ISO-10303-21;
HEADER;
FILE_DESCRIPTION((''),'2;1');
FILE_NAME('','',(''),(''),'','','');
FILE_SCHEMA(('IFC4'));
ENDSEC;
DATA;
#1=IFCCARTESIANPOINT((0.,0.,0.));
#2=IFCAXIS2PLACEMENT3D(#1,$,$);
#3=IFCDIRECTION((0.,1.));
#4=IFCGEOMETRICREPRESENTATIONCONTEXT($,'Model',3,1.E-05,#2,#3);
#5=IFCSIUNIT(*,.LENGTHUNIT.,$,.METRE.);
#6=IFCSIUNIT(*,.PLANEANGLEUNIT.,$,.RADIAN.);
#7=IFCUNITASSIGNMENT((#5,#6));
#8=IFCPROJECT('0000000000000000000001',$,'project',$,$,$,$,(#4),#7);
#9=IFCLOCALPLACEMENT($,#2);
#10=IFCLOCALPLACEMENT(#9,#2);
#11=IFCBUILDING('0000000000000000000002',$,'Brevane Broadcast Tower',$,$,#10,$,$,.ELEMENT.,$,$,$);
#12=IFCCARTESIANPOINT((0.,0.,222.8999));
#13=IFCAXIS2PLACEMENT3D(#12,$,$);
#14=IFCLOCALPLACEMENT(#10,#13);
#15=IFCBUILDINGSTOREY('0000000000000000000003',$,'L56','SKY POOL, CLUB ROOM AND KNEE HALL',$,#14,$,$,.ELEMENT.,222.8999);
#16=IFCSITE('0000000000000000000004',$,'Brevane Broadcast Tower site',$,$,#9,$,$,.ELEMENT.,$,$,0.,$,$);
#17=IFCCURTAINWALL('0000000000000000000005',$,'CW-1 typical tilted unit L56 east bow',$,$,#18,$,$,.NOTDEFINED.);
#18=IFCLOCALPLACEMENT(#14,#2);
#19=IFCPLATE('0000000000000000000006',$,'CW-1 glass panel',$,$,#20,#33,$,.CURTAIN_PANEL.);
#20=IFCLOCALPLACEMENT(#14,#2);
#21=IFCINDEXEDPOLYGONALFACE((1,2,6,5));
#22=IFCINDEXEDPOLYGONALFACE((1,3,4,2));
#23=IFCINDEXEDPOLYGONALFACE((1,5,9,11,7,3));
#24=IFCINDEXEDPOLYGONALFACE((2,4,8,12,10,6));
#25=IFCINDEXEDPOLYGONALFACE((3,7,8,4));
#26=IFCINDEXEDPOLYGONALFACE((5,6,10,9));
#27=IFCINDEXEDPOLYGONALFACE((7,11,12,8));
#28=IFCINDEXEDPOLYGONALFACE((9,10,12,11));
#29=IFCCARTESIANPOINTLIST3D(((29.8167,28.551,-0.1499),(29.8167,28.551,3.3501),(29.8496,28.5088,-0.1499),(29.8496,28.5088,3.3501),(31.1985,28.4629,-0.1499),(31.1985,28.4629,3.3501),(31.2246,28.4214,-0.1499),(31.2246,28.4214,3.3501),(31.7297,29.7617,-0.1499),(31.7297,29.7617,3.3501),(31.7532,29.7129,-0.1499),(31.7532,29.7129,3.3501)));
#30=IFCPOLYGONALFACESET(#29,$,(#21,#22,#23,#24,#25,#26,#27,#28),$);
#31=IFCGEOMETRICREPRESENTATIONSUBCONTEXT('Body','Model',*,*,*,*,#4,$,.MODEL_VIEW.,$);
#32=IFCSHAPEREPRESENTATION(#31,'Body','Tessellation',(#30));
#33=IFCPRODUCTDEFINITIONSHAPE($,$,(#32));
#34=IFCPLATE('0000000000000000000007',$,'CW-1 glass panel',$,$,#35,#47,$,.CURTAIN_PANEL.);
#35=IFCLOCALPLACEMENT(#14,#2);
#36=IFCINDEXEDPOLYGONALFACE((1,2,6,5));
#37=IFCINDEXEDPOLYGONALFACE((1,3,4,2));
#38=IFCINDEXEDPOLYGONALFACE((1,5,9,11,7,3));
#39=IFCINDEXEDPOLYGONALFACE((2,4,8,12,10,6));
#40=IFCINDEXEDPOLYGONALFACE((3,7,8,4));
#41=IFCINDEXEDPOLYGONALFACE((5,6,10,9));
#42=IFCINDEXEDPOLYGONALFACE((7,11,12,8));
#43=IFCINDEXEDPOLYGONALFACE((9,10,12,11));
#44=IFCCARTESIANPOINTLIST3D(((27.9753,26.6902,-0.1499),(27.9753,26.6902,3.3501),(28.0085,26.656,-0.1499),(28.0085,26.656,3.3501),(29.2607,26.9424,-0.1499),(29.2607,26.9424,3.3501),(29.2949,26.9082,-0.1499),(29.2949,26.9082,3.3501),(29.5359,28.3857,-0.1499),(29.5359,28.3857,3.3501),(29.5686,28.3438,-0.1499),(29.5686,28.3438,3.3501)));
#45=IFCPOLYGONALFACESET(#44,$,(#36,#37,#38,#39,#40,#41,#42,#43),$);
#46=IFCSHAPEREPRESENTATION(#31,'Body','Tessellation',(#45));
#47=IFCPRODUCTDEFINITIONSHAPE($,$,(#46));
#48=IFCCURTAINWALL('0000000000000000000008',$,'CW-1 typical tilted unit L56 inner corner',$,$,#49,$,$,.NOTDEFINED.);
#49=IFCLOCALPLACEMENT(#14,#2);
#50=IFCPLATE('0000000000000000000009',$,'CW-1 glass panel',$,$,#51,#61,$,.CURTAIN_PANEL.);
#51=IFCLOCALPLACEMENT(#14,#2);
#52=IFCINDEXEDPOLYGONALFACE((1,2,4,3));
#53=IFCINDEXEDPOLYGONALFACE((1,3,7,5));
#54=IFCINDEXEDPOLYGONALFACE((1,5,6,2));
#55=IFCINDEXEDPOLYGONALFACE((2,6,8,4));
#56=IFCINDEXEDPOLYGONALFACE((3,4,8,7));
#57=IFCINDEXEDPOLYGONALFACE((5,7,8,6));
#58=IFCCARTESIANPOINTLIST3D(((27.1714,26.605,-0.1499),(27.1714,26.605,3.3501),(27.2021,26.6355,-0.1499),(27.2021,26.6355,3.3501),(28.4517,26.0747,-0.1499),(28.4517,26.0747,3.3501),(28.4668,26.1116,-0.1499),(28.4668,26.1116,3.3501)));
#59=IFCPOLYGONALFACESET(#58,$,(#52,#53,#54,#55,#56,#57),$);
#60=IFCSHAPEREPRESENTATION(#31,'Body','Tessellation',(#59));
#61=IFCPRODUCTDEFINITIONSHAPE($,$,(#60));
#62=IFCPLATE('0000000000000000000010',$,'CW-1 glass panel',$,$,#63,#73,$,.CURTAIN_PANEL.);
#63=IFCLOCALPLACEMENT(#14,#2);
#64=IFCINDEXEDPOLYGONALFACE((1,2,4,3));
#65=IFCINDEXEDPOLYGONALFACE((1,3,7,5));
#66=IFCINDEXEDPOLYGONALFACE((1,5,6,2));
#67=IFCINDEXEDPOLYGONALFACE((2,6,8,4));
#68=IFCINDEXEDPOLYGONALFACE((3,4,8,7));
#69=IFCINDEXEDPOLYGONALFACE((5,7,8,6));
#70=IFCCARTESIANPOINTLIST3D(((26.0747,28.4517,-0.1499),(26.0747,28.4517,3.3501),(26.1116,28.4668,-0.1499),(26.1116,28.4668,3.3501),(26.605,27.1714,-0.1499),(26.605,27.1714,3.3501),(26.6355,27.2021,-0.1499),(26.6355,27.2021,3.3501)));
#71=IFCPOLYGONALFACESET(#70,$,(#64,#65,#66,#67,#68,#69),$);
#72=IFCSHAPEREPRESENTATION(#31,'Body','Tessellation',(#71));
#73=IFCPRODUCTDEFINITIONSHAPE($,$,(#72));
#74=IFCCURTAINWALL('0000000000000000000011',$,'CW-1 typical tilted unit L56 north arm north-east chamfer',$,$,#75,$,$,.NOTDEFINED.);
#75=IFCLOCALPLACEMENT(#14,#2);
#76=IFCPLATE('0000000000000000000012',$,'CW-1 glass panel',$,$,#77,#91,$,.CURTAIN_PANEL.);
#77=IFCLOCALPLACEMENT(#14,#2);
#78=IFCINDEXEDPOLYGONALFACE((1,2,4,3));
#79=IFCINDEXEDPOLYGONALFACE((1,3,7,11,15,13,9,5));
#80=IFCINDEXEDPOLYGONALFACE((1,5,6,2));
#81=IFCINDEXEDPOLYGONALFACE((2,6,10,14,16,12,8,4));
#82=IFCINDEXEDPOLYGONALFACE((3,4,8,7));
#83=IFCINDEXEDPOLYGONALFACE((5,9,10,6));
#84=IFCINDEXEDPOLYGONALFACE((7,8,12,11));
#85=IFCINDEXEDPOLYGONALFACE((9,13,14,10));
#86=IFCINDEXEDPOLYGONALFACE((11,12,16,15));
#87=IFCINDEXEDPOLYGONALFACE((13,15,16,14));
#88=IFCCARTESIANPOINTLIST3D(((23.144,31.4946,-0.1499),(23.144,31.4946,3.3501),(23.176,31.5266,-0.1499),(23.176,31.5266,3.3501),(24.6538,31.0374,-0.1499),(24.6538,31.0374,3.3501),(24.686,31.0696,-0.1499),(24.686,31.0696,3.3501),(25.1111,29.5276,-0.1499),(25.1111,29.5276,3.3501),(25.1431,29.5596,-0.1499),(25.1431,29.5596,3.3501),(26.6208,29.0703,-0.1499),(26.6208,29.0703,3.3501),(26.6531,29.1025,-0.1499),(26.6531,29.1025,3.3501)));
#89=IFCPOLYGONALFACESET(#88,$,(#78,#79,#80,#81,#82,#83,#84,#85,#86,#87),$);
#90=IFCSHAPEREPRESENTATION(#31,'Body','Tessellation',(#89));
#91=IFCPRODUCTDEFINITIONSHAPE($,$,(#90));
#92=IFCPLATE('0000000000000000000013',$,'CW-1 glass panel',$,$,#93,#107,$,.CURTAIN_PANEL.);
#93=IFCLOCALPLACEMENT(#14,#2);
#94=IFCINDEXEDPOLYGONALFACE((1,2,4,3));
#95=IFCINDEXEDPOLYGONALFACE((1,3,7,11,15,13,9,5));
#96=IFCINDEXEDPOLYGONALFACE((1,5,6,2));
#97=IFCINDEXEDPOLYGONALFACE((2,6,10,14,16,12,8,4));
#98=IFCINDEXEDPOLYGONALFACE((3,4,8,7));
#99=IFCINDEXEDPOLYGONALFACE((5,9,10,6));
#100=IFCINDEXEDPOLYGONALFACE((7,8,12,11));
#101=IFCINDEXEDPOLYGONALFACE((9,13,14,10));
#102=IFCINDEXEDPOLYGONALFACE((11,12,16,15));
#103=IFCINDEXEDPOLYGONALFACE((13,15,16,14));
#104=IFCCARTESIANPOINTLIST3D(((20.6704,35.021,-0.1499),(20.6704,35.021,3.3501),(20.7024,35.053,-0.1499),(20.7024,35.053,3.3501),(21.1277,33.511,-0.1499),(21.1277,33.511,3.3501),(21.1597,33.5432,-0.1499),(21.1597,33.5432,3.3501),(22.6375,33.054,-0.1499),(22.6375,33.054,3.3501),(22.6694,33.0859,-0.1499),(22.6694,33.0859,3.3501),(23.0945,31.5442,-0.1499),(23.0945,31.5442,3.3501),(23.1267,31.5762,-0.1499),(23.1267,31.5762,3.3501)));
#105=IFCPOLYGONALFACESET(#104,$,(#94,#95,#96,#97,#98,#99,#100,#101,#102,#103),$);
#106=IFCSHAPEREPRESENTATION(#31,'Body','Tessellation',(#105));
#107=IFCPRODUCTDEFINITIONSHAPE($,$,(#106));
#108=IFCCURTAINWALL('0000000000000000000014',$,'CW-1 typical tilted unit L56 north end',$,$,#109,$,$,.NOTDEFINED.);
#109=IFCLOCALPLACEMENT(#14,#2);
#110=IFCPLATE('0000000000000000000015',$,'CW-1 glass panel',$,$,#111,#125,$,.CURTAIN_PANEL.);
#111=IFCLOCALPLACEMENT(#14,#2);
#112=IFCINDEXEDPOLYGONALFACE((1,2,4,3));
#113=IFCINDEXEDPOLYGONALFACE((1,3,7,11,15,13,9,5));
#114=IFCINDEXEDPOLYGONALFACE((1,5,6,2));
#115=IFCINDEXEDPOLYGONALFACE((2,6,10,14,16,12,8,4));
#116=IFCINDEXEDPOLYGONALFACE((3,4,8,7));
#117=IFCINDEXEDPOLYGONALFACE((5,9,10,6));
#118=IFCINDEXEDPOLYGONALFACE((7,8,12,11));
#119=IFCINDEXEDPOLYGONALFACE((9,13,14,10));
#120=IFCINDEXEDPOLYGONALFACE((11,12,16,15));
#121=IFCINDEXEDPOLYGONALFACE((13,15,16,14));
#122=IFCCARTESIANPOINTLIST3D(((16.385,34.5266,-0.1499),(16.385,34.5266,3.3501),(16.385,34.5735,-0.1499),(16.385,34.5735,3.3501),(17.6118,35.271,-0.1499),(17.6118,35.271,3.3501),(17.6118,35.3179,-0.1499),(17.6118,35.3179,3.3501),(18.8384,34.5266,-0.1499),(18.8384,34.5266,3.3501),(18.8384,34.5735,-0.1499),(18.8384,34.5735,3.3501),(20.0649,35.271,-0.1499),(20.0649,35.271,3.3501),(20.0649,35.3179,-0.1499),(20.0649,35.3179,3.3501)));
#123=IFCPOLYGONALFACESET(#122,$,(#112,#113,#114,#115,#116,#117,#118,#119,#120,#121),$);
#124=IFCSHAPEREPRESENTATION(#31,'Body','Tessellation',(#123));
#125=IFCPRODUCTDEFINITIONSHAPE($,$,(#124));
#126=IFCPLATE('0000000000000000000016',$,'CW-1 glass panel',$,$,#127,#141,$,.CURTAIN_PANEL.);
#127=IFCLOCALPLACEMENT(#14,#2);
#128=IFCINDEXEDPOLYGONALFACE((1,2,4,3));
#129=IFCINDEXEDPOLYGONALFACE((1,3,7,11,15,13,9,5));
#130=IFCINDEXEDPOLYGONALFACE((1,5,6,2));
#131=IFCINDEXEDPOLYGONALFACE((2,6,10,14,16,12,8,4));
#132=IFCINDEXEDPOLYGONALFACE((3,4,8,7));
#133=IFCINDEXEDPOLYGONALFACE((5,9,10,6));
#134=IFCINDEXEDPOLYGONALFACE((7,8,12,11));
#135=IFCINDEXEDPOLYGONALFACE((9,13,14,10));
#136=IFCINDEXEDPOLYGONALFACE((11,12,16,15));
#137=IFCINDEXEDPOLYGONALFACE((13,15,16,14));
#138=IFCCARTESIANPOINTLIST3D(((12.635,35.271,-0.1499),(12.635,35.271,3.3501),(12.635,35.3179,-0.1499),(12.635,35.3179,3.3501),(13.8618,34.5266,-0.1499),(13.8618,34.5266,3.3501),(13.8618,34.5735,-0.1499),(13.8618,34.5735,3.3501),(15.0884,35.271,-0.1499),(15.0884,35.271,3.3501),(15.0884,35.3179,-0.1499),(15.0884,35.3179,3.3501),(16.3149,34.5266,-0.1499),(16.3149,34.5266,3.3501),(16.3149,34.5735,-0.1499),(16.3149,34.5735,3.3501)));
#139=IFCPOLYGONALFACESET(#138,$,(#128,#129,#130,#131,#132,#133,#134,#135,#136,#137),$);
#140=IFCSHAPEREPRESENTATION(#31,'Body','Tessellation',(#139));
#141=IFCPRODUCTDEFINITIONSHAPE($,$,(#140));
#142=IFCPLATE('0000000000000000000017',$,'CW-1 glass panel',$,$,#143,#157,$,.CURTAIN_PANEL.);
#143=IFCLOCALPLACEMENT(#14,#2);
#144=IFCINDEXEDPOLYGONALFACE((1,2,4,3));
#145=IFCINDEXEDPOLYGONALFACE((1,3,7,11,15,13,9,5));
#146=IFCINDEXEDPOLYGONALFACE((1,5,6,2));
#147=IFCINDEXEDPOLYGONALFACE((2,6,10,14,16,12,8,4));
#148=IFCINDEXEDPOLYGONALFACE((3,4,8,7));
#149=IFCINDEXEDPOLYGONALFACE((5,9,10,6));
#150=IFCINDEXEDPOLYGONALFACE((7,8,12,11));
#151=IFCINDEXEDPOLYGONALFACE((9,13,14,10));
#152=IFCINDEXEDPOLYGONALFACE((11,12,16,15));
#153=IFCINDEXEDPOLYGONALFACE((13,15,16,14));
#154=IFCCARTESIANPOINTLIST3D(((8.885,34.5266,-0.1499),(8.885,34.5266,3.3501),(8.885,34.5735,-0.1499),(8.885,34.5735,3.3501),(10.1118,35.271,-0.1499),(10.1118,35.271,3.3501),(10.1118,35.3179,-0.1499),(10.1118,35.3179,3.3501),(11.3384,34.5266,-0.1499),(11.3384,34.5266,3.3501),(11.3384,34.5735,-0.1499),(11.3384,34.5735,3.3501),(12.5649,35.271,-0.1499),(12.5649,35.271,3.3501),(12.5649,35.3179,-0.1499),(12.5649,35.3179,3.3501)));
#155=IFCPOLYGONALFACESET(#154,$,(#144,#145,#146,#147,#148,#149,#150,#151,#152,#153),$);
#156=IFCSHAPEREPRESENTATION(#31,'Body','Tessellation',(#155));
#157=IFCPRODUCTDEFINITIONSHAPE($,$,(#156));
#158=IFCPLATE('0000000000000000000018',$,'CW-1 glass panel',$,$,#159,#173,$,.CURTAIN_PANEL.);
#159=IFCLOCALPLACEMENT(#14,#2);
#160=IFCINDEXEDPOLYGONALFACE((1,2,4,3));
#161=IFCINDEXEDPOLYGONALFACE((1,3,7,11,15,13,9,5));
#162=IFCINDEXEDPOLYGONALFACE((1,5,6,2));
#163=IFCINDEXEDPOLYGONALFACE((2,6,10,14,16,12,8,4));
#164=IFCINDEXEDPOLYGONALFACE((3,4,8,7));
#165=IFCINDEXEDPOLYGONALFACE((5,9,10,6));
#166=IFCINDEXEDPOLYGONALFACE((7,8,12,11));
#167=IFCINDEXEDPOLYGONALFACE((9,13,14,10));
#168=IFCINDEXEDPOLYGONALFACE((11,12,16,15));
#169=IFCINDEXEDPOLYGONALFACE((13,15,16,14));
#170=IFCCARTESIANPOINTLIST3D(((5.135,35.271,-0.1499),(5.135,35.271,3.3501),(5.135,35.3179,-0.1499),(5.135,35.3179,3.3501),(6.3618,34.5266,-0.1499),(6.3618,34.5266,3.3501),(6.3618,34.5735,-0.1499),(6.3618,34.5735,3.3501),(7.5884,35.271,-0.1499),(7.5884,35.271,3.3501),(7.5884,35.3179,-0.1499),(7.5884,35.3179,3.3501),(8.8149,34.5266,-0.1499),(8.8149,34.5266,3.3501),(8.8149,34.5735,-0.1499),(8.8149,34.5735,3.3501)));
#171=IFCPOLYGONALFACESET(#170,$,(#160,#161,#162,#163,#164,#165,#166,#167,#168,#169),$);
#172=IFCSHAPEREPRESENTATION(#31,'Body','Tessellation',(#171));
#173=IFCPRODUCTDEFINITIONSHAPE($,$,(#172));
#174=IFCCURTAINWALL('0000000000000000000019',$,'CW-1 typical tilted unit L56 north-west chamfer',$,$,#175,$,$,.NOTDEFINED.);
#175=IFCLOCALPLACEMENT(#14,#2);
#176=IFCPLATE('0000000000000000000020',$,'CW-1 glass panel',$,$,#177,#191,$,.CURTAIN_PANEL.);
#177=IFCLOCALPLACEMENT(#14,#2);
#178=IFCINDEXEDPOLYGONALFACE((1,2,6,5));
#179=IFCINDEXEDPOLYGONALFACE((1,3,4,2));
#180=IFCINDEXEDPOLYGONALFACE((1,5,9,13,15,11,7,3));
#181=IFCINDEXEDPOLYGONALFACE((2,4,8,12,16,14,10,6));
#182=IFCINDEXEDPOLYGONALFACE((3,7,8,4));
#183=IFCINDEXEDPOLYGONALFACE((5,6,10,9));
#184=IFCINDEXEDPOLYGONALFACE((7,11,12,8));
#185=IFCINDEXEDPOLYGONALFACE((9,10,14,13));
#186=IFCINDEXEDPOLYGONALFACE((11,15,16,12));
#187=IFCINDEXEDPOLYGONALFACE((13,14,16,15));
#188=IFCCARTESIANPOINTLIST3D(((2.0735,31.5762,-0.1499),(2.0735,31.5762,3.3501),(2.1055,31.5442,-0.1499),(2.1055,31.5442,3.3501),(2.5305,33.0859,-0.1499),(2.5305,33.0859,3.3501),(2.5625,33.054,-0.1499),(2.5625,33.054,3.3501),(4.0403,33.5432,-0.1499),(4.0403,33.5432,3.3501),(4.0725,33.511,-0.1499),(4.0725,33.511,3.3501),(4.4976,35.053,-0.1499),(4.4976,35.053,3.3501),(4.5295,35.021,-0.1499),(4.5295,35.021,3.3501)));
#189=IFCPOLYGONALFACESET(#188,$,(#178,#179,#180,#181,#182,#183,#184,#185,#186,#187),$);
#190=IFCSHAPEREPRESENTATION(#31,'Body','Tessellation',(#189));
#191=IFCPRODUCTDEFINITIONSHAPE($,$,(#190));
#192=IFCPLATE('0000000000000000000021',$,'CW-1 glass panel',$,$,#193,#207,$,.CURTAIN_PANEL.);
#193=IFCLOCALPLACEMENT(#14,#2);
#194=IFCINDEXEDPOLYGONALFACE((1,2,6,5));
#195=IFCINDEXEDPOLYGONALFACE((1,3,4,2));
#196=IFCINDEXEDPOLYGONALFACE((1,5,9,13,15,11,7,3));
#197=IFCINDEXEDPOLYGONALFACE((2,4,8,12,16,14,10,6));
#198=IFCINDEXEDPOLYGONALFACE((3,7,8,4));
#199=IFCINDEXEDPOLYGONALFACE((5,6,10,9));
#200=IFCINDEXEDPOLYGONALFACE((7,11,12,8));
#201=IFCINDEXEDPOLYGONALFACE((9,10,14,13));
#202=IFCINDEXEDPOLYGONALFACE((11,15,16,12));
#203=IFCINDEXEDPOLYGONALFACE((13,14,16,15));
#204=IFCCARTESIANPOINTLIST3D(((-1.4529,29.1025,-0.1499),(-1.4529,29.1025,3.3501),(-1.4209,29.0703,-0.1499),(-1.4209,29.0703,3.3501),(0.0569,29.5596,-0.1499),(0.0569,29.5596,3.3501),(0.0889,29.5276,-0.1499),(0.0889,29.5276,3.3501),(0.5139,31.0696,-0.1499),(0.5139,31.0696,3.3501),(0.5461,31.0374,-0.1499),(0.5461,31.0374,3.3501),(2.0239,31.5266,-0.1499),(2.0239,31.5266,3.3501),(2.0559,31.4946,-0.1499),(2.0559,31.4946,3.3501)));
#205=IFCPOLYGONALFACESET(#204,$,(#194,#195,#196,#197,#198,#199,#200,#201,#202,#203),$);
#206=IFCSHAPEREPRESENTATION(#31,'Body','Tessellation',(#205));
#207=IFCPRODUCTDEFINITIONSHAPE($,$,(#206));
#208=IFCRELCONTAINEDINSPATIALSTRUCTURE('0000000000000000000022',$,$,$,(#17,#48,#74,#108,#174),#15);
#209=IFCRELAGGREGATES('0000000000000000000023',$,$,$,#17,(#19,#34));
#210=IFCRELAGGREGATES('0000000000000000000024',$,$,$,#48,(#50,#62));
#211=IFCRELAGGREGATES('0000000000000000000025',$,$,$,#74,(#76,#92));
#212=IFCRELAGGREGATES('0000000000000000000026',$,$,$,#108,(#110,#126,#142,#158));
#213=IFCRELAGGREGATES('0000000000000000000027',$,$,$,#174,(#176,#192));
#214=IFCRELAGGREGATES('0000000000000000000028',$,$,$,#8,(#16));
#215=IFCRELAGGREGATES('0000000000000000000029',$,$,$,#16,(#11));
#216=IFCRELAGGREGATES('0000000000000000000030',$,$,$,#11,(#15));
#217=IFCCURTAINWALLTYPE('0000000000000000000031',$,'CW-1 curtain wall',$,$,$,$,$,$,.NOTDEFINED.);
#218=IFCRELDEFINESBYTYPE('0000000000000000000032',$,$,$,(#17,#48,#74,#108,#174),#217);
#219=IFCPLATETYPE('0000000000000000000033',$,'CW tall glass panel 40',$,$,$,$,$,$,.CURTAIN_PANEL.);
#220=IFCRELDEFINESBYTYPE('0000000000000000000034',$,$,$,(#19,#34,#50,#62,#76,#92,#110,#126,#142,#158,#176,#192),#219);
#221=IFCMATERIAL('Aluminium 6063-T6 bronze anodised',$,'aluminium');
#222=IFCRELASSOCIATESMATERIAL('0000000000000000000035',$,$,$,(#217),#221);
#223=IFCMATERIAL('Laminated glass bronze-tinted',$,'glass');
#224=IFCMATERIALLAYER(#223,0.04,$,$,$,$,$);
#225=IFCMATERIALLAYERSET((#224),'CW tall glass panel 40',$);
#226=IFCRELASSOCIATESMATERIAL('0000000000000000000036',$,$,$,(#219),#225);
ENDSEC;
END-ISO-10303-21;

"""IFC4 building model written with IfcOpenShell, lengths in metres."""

from ifc_helpers import new_model, si_unit, direction, frame, origin, place, context, subcontext, project, spatial, polyline, outline, extrude, material, layer, layer_set, type_object, element, aggregate, save


model = new_model("IFC4")

# Units and contexts
model_context = context("Model", 3, precision=1e-05, world=origin(), true_north=direction((0.0, 1.0)))
body_context = subcontext(model_context, "Body", "Model", "MODEL_VIEW")
ifc_project = project(units=[si_unit("LENGTHUNIT", "METRE"), si_unit("PLANEANGLEUNIT", "RADIAN")], contexts=[model_context])

# Site, building, storey
site_placement = place(None, origin())
site = spatial("IfcSite", under=ifc_project, at=site_placement, Name="Brevane Broadcast Tower site", CompositionType="ELEMENT", RefElevation=0.0)
building_placement = place(site_placement, origin())
building = spatial("IfcBuilding", under=site, at=building_placement, Name="Brevane Broadcast Tower", CompositionType="ELEMENT")
storey_placement = place(building_placement, frame((0.0, 0.0, 222.8999)))
storey = spatial("IfcBuildingStorey", under=building, at=storey_placement, Name="L56", Description="SKY POOL, CLUB ROOM AND KNEE HALL", CompositionType="ELEMENT", Elevation=222.8999)

# Curtain walls, plates
ifc_material_1 = material(Name="Aluminium 6063-T6 bronze anodised", Category="aluminium")
curtain_wall_type = type_object("IfcCurtainWallType", Name="CW-1 curtain wall", PredefinedType="NOTDEFINED", material=ifc_material_1)
ifc_material_2 = material(Name="Laminated glass bronze-tinted", Category="glass")
ifc_layer = layer(ifc_material_2, 0.04)
ifc_layer_set = layer_set([ifc_layer], Name="CW tall glass panel 40")
plate_type = type_object("IfcPlateType", Name="CW tall glass panel 40", PredefinedType="CURTAIN_PANEL", material=ifc_layer_set)
curtain_wall_1_placement = place(storey_placement, origin())
curtain_wall_1 = element("IfcCurtainWall", 1, at=curtain_wall_1_placement, inside=storey, type_object=curtain_wall_type, Name="CW-1 typical tilted unit L56 east bow", PredefinedType="NOTDEFINED")
plate_1_placement = place(storey_placement, frame((0.0, 0.0, -0.1499)))
plate_1 = element("IfcPlate", 2, at=plate_1_placement, type_object=plate_type, Name="CW-1 glass panel", PredefinedType="CURTAIN_PANEL", context=body_context, shape_type="SweptSolid", body=[
    extrude(outline(polyline([(31.7532, 29.7129), (31.7297, 29.7617), (31.1985, 28.4629), (29.8167, 28.551), (29.8496, 28.5088), (31.2246, 28.4214), (31.7532, 29.7129)])), origin(), (0.0, 0.0, 1.0), 3.5),
])
plate_2_placement = place(storey_placement, frame((0.0, 0.0, -0.1499)))
plate_2 = element("IfcPlate", 3, at=plate_2_placement, type_object=plate_type, Name="CW-1 glass panel", PredefinedType="CURTAIN_PANEL", context=body_context, shape_type="SweptSolid", body=[
    extrude(outline(polyline([(29.5686, 28.3438), (29.5359, 28.3857), (29.2607, 26.9424), (27.9753, 26.6902), (28.0085, 26.656), (29.2949, 26.9082), (29.5686, 28.3438)])), origin(), (0.0, 0.0, 1.0), 3.5),
])
aggregate(curtain_wall_1, [plate_1, plate_2])
curtain_wall_2_placement = place(storey_placement, origin())
curtain_wall_2 = element("IfcCurtainWall", 4, at=curtain_wall_2_placement, inside=storey, type_object=curtain_wall_type, Name="CW-1 typical tilted unit L56 inner corner", PredefinedType="NOTDEFINED")
plate_3_placement = place(storey_placement, frame((0.0, 0.0, -0.1499)))
plate_3 = element("IfcPlate", 5, at=plate_3_placement, type_object=plate_type, Name="CW-1 glass panel", PredefinedType="CURTAIN_PANEL", context=body_context, shape_type="SweptSolid", body=[
    extrude(outline(polyline([(28.4517, 26.0747), (28.4668, 26.1116), (27.2021, 26.6355), (27.1714, 26.605), (28.4517, 26.0747)])), origin(), (0.0, 0.0, 1.0), 3.5),
])
plate_4_placement = place(storey_placement, frame((0.0, 0.0, -0.1499)))
plate_4 = element("IfcPlate", 6, at=plate_4_placement, type_object=plate_type, Name="CW-1 glass panel", PredefinedType="CURTAIN_PANEL", context=body_context, shape_type="SweptSolid", body=[
    extrude(outline(polyline([(26.605, 27.1714), (26.6355, 27.2021), (26.1116, 28.4668), (26.0747, 28.4517), (26.605, 27.1714)])), origin(), (0.0, 0.0, 1.0), 3.5),
])
aggregate(curtain_wall_2, [plate_3, plate_4])
curtain_wall_3_placement = place(storey_placement, origin())
curtain_wall_3 = element("IfcCurtainWall", 7, at=curtain_wall_3_placement, inside=storey, type_object=curtain_wall_type, Name="CW-1 typical tilted unit L56 north arm north-east chamfer", PredefinedType="NOTDEFINED")
plate_5_placement = place(storey_placement, frame((0.0, 0.0, -0.1499)))
plate_5 = element("IfcPlate", 8, at=plate_5_placement, type_object=plate_type, Name="CW-1 glass panel", PredefinedType="CURTAIN_PANEL", context=body_context, shape_type="SweptSolid", body=[
    extrude(outline(polyline([(26.6208, 29.0703), (26.6531, 29.1025), (25.1431, 29.5596), (24.686, 31.0696), (23.176, 31.5266), (23.144, 31.4946), (24.6538, 31.0374), (25.1111, 29.5276), (26.6208, 29.0703)])), origin(), (0.0, 0.0, 1.0), 3.5),
])
plate_6_placement = place(storey_placement, frame((0.0, 0.0, -0.1499)))
plate_6 = element("IfcPlate", 9, at=plate_6_placement, type_object=plate_type, Name="CW-1 glass panel", PredefinedType="CURTAIN_PANEL", context=body_context, shape_type="SweptSolid", body=[
    extrude(outline(polyline([(23.0945, 31.5442), (23.1267, 31.5762), (22.6694, 33.0859), (21.1597, 33.5432), (20.7024, 35.053), (20.6704, 35.021), (21.1277, 33.511), (22.6375, 33.054), (23.0945, 31.5442)])), origin(), (0.0, 0.0, 1.0), 3.5),
])
aggregate(curtain_wall_3, [plate_5, plate_6])
curtain_wall_4_placement = place(storey_placement, origin())
curtain_wall_4 = element("IfcCurtainWall", 10, at=curtain_wall_4_placement, inside=storey, type_object=curtain_wall_type, Name="CW-1 typical tilted unit L56 north end", PredefinedType="NOTDEFINED")
plate_7_placement = place(storey_placement, frame((0.0, 0.0, -0.1499)))
plate_7 = element("IfcPlate", 11, at=plate_7_placement, type_object=plate_type, Name="CW-1 glass panel", PredefinedType="CURTAIN_PANEL", context=body_context, shape_type="SweptSolid", body=[
    extrude(outline(polyline([(20.0649, 35.271), (20.0649, 35.3179), (18.8384, 34.5735), (17.6118, 35.3179), (16.385, 34.5735), (16.385, 34.5266), (17.6118, 35.271), (18.8384, 34.5266), (20.0649, 35.271)])), origin(), (0.0, 0.0, 1.0), 3.5),
])
plate_8_placement = place(storey_placement, frame((0.0, 0.0, -0.1499)))
plate_8 = element("IfcPlate", 12, at=plate_8_placement, type_object=plate_type, Name="CW-1 glass panel", PredefinedType="CURTAIN_PANEL", context=body_context, shape_type="SweptSolid", body=[
    extrude(outline(polyline([(16.3149, 34.5266), (16.3149, 34.5735), (15.0884, 35.3179), (13.8618, 34.5735), (12.635, 35.3179), (12.635, 35.271), (13.8618, 34.5266), (15.0884, 35.271), (16.3149, 34.5266)])), origin(), (0.0, 0.0, 1.0), 3.5),
])
plate_9_placement = place(storey_placement, frame((0.0, 0.0, -0.1499)))
plate_9 = element("IfcPlate", 13, at=plate_9_placement, type_object=plate_type, Name="CW-1 glass panel", PredefinedType="CURTAIN_PANEL", context=body_context, shape_type="SweptSolid", body=[
    extrude(outline(polyline([(12.5649, 35.271), (12.5649, 35.3179), (11.3384, 34.5735), (10.1118, 35.3179), (8.885, 34.5735), (8.885, 34.5266), (10.1118, 35.271), (11.3384, 34.5266), (12.5649, 35.271)])), origin(), (0.0, 0.0, 1.0), 3.5),
])
plate_10_placement = place(storey_placement, frame((0.0, 0.0, -0.1499)))
plate_10 = element("IfcPlate", 14, at=plate_10_placement, type_object=plate_type, Name="CW-1 glass panel", PredefinedType="CURTAIN_PANEL", context=body_context, shape_type="SweptSolid", body=[
    extrude(outline(polyline([(8.8149, 34.5266), (8.8149, 34.5735), (7.5884, 35.3179), (6.3618, 34.5735), (5.135, 35.3179), (5.135, 35.271), (6.3618, 34.5266), (7.5884, 35.271), (8.8149, 34.5266)])), origin(), (0.0, 0.0, 1.0), 3.5),
])
aggregate(curtain_wall_4, [plate_7, plate_8, plate_9, plate_10])
curtain_wall_5_placement = place(storey_placement, origin())
curtain_wall_5 = element("IfcCurtainWall", 15, at=curtain_wall_5_placement, inside=storey, type_object=curtain_wall_type, Name="CW-1 typical tilted unit L56 north-west chamfer", PredefinedType="NOTDEFINED")
plate_11_placement = place(storey_placement, frame((0.0, 0.0, -0.1499)))
plate_11 = element("IfcPlate", 16, at=plate_11_placement, type_object=plate_type, Name="CW-1 glass panel", PredefinedType="CURTAIN_PANEL", context=body_context, shape_type="SweptSolid", body=[
    extrude(outline(polyline([(4.5295, 35.021), (4.4976, 35.053), (4.0403, 33.5432), (2.5305, 33.0859), (2.0735, 31.5762), (2.1055, 31.5442), (2.5625, 33.054), (4.0725, 33.511), (4.5295, 35.021)])), origin(), (0.0, 0.0, 1.0), 3.5),
])
plate_12_placement = place(storey_placement, frame((0.0, 0.0, -0.1499)))
plate_12 = element("IfcPlate", 17, at=plate_12_placement, type_object=plate_type, Name="CW-1 glass panel", PredefinedType="CURTAIN_PANEL", context=body_context, shape_type="SweptSolid", body=[
    extrude(outline(polyline([(2.0559, 31.4946), (2.0239, 31.5266), (0.5139, 31.0696), (0.0569, 29.5596), (-1.4529, 29.1025), (-1.4209, 29.0703), (0.0889, 29.5276), (0.5461, 31.0374), (2.0559, 31.4946)])), origin(), (0.0, 0.0, 1.0), 3.5),
])
aggregate(curtain_wall_5, [plate_11, plate_12])

save(model, "model.ifc")
